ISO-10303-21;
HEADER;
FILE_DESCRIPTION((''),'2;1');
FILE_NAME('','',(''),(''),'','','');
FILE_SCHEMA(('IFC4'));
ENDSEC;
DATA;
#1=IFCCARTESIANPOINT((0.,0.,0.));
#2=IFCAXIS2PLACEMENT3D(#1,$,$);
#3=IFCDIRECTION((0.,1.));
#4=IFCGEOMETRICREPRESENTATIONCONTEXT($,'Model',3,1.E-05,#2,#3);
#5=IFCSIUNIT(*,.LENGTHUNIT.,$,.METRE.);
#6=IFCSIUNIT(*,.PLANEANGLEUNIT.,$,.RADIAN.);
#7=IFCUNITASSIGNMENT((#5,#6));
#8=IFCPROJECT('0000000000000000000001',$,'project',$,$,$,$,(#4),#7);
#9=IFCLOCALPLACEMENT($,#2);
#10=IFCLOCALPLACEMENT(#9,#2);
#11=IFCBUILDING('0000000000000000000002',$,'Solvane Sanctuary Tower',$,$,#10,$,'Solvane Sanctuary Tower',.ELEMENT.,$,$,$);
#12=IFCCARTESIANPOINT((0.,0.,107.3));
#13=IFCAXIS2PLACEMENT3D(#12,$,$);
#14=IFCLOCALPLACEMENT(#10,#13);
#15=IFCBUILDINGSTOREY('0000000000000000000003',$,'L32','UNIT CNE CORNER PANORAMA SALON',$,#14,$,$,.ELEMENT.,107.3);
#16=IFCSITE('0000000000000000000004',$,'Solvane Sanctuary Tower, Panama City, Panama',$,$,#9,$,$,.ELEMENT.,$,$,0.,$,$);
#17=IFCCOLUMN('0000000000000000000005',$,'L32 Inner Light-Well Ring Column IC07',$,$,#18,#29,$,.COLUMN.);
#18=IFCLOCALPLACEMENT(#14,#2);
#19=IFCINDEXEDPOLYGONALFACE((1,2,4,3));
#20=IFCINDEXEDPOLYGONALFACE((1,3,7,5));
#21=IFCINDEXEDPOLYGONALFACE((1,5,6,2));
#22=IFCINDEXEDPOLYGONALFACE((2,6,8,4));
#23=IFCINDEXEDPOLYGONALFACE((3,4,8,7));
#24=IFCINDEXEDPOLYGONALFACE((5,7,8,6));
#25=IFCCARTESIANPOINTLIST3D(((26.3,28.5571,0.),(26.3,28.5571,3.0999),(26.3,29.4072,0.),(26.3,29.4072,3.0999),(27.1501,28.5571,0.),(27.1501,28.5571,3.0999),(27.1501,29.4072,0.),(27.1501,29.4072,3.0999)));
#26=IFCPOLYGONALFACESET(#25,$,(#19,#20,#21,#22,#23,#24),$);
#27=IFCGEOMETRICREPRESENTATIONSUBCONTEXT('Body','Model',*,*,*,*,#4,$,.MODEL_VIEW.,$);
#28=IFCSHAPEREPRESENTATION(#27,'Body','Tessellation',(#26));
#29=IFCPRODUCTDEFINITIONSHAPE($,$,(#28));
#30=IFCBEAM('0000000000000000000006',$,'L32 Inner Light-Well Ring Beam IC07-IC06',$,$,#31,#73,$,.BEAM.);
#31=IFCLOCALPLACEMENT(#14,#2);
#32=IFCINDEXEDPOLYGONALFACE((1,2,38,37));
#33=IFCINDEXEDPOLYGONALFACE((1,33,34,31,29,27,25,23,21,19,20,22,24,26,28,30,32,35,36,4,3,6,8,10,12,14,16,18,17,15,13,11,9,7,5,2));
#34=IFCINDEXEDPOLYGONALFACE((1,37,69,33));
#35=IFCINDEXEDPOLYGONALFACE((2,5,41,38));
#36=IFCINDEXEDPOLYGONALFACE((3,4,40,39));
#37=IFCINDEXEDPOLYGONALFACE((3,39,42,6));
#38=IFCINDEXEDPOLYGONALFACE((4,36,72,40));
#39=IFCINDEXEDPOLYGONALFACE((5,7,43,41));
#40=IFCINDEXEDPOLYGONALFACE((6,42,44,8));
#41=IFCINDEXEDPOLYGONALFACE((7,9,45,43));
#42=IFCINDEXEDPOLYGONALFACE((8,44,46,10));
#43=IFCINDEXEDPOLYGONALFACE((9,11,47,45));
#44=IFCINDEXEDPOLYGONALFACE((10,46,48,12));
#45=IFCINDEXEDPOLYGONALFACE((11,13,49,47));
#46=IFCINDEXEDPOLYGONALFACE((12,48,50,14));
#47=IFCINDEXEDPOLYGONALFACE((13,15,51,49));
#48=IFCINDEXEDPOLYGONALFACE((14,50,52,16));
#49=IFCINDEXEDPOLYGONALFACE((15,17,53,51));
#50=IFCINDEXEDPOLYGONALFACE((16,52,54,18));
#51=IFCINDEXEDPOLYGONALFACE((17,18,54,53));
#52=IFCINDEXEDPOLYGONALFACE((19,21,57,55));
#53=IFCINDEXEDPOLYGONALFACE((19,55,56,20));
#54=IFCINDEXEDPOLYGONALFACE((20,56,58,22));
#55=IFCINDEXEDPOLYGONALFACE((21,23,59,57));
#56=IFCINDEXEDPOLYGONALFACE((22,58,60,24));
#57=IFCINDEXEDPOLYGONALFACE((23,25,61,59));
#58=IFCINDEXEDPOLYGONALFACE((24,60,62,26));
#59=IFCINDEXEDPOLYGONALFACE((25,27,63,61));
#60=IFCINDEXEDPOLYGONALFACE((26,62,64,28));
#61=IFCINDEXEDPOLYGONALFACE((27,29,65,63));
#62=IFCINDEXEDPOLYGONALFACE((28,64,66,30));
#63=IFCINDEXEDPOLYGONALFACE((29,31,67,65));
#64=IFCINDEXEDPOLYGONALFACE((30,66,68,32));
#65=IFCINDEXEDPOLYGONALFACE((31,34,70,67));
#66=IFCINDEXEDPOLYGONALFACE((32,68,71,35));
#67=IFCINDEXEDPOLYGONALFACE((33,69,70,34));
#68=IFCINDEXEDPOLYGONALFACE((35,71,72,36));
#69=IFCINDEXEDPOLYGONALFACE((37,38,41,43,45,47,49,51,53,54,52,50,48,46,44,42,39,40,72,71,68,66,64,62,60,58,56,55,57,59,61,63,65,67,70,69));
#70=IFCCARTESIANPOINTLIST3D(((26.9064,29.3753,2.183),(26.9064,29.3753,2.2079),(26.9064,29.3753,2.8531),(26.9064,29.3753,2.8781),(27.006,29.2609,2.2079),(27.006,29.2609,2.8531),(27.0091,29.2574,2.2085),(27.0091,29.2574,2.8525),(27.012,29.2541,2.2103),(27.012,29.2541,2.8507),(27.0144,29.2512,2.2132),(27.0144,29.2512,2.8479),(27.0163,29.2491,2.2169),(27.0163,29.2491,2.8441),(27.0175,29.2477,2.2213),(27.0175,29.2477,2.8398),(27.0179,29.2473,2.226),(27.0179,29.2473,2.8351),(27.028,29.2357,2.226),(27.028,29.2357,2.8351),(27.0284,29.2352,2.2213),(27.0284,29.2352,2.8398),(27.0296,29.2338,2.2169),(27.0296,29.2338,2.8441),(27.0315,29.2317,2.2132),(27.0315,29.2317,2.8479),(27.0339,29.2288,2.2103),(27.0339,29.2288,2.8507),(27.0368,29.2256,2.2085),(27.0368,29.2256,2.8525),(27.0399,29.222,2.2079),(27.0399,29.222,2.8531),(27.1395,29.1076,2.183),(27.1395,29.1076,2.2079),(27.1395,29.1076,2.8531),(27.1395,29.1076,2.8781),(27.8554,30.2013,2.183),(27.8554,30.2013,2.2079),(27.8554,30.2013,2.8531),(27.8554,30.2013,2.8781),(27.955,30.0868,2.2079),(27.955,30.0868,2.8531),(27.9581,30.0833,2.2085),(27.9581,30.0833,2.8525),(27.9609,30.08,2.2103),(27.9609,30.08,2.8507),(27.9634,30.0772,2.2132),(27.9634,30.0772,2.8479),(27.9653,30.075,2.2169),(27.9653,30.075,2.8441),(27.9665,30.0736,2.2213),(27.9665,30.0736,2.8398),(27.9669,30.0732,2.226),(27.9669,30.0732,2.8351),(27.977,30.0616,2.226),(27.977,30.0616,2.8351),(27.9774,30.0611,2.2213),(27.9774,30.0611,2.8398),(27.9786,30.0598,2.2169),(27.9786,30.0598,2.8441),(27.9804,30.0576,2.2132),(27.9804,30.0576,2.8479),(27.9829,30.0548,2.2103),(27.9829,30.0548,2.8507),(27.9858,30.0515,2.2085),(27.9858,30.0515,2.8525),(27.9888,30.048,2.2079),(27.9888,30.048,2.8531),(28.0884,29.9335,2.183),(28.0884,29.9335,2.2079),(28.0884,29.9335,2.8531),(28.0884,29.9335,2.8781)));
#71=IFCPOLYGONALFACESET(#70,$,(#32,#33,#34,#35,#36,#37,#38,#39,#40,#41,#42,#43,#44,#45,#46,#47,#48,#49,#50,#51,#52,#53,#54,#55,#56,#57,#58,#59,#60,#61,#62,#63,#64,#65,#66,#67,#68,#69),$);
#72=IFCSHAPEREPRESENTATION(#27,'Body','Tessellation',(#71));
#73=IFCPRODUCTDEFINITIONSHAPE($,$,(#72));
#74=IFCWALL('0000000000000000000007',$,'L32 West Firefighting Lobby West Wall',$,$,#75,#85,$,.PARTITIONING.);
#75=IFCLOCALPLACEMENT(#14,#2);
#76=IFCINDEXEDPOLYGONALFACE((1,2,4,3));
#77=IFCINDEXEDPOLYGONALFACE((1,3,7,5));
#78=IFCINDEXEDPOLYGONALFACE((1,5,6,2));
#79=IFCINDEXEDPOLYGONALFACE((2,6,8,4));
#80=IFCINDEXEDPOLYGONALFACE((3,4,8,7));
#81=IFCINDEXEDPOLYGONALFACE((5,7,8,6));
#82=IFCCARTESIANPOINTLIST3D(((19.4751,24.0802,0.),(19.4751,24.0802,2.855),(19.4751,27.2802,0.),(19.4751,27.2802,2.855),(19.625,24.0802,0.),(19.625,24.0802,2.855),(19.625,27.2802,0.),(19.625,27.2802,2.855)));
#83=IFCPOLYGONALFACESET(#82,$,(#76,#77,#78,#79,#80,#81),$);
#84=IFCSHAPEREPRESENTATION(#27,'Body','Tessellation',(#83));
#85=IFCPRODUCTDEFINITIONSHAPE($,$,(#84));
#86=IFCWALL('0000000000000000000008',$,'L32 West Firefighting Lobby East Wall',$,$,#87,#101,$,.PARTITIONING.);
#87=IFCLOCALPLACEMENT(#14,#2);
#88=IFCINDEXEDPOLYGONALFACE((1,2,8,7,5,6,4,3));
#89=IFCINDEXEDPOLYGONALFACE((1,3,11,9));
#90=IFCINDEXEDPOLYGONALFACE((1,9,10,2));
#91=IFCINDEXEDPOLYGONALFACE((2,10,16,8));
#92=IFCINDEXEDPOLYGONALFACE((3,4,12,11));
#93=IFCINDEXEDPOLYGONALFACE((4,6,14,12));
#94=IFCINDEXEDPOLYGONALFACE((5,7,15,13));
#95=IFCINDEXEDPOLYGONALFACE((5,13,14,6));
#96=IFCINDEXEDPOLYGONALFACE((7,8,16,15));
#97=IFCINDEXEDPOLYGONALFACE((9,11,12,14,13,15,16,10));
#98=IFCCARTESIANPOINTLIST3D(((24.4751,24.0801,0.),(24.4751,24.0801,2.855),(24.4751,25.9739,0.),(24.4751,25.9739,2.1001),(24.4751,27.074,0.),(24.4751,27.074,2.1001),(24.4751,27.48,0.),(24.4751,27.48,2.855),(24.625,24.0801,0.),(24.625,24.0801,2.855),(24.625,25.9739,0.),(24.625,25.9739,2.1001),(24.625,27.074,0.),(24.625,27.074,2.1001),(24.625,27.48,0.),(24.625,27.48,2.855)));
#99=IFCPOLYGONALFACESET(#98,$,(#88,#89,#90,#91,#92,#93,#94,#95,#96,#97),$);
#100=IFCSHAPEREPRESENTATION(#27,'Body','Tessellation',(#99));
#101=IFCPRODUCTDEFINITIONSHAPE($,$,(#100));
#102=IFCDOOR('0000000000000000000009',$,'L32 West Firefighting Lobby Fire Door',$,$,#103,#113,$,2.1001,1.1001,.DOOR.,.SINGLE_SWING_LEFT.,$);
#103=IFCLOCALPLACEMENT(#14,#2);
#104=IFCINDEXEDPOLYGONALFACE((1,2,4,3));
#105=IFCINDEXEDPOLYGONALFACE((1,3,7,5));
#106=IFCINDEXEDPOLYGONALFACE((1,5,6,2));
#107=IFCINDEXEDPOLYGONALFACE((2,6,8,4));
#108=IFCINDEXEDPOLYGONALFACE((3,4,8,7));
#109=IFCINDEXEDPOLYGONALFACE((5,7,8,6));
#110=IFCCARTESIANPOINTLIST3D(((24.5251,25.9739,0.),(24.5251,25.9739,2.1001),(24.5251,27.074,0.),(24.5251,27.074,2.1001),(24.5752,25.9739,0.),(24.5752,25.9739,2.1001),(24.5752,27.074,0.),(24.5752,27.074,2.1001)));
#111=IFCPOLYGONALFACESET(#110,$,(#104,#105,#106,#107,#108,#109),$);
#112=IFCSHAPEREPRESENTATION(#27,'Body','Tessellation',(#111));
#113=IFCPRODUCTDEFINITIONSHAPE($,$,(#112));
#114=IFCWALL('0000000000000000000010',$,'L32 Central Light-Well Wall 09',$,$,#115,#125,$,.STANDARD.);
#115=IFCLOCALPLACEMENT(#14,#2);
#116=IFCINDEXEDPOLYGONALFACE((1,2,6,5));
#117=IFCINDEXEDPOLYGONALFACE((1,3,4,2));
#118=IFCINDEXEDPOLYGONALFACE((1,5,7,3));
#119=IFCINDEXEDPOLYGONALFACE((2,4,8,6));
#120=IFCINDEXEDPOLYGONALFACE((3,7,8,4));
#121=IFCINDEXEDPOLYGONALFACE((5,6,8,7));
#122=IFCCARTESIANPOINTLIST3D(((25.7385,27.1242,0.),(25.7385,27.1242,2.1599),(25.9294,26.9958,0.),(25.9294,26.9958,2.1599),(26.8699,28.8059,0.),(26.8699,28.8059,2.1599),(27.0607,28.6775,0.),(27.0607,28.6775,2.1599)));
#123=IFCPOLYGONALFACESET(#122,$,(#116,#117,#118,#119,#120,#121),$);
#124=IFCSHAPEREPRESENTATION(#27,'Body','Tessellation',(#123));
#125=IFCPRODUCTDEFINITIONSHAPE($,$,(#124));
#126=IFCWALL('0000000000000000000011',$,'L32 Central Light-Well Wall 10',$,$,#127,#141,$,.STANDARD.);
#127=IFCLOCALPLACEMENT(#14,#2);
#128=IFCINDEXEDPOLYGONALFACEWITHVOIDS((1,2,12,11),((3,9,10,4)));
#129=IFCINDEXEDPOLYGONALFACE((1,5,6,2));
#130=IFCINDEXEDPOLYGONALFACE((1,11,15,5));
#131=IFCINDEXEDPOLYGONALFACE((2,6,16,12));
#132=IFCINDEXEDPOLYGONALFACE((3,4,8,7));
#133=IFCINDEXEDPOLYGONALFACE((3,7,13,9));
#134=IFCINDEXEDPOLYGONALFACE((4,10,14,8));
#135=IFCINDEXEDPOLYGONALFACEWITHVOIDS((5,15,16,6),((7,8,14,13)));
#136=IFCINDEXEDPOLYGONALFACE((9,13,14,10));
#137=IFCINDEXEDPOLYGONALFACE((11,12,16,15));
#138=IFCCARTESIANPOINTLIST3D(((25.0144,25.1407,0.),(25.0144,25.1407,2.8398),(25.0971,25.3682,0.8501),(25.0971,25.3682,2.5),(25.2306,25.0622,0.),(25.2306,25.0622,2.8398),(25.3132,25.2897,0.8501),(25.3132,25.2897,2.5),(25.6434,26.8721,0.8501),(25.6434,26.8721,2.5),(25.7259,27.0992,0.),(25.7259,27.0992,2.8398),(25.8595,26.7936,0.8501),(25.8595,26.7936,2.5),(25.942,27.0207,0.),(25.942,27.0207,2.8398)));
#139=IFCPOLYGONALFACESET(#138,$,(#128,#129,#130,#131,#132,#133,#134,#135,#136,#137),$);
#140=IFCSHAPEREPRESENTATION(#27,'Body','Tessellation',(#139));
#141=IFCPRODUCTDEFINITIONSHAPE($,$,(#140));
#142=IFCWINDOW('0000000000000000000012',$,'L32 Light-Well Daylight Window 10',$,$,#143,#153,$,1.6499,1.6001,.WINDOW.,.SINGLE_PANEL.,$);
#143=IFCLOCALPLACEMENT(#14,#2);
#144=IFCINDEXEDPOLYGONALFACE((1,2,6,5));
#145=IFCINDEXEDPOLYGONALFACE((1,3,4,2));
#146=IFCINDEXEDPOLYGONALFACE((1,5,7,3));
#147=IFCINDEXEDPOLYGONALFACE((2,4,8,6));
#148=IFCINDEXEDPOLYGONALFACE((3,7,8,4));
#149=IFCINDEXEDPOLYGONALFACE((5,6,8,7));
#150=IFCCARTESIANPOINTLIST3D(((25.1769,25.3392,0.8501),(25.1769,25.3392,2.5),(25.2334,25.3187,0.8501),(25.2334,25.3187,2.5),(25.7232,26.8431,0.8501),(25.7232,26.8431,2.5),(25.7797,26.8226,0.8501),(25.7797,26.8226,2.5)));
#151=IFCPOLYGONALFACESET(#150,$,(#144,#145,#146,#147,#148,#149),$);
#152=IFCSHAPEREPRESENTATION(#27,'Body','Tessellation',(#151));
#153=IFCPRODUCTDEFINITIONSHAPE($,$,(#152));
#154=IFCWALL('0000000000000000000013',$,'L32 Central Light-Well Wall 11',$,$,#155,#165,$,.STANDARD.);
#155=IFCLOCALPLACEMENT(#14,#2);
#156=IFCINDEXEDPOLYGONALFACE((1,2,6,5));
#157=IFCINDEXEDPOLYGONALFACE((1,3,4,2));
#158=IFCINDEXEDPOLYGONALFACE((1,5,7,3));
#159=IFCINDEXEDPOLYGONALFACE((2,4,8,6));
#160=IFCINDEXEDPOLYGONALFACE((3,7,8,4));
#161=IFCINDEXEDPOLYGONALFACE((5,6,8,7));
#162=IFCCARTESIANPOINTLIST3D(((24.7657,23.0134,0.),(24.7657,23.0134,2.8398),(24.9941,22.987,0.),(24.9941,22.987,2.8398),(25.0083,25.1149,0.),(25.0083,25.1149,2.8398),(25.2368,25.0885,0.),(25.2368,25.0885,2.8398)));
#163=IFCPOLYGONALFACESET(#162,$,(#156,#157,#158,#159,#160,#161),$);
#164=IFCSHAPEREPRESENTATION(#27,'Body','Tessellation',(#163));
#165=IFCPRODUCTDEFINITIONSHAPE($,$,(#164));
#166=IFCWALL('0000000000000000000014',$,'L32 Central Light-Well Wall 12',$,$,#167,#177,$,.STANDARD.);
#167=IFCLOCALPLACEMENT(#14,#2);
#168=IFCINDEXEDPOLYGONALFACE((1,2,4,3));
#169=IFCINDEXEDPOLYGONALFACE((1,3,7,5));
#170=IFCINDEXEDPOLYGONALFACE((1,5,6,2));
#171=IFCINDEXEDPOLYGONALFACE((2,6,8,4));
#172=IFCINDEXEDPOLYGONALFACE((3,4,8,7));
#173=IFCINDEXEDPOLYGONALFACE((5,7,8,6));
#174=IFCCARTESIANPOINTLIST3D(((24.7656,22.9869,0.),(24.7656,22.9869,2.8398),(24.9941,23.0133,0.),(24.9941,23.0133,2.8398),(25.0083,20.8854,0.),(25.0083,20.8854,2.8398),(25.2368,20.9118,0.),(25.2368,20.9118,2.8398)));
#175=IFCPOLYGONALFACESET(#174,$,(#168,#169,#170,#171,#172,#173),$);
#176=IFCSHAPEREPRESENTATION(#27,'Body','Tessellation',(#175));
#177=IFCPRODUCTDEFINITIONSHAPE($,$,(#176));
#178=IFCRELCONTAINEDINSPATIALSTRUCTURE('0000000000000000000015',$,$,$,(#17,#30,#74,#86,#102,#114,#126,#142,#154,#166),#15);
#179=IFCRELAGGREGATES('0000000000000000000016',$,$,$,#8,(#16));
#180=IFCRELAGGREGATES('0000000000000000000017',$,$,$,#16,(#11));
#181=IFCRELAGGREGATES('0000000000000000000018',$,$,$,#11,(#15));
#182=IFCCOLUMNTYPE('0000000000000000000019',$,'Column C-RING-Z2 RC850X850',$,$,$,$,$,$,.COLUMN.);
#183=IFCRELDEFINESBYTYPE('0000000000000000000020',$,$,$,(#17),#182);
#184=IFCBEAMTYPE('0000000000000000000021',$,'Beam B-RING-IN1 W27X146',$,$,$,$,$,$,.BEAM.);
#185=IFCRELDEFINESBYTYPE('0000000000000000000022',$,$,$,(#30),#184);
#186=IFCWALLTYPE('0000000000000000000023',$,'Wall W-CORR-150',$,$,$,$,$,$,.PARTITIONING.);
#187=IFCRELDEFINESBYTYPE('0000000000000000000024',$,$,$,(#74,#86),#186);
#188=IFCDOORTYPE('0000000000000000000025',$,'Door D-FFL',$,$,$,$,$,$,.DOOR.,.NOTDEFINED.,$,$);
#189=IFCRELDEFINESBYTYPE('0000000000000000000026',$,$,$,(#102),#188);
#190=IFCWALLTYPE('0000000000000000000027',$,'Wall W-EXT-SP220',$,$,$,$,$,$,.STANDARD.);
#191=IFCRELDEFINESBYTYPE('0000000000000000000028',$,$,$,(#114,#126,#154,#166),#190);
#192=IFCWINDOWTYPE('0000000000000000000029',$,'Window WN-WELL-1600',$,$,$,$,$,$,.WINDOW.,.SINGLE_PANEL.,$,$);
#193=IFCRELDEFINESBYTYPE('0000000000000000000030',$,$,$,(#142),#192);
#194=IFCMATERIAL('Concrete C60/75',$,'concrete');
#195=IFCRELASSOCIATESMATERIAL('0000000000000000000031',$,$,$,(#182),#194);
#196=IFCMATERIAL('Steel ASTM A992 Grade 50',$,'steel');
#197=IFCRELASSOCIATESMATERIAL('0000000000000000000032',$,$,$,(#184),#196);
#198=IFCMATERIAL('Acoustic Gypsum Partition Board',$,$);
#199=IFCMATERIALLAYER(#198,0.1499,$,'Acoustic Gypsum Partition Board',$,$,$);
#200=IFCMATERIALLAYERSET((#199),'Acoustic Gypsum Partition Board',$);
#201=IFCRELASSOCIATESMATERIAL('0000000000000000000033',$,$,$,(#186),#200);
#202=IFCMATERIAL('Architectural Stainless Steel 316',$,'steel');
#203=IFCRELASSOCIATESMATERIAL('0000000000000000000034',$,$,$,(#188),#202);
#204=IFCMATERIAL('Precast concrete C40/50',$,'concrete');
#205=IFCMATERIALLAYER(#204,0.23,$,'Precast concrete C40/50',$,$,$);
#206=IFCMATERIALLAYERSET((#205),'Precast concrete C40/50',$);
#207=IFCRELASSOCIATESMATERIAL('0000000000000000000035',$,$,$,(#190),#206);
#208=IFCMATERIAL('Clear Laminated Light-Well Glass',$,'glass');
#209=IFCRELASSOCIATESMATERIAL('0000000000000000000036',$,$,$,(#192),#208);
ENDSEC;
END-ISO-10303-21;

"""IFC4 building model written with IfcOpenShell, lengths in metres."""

from ifc_helpers import new_model, si_unit, direction, frame, frame_2d, origin, origin_2d, place, context, subcontext, project, spatial, rectangle, i_section, extrude, material, layer, layer_set, material_profile, profile_set, type_object, element, fill, save


model = new_model("IFC4")

# Units and contexts
model_context = context("Model", 3, precision=1e-05, world=origin(), true_north=direction((0.0, 1.0)))
body_context = subcontext(model_context, "Body", "Model", "MODEL_VIEW")
ifc_project = project(units=[si_unit("LENGTHUNIT", "METRE"), si_unit("PLANEANGLEUNIT", "RADIAN")], contexts=[model_context])

# Site, building, storey
site_placement = place(None, origin())
site = spatial("IfcSite", under=ifc_project, at=site_placement, Name="Solvane Sanctuary Tower, Panama City, Panama", CompositionType="ELEMENT", RefElevation=0.0)
building_placement = place(site_placement, origin())
building = spatial("IfcBuilding", under=site, at=building_placement, Name="Solvane Sanctuary Tower", LongName="Solvane Sanctuary Tower", CompositionType="ELEMENT")
storey_placement = place(building_placement, frame((0.0, 0.0, 107.3)))
storey = spatial("IfcBuildingStorey", under=building, at=storey_placement, Name="L32", Description="UNIT CNE CORNER PANORAMA SALON", CompositionType="ELEMENT", Elevation=107.3)

# Column
ifc_material_1 = material(Name="Concrete C60/75", Category="concrete")
ifc_material_profile_1 = material_profile(ifc_material_1, rectangle(XDim=0.8501, YDim=0.8501, at=origin_2d()), Name="RC850X850")
ifc_profile_set_1 = profile_set([ifc_material_profile_1], Name="Concrete C60/75")
column_type = type_object("IfcColumnType", Name="Column C-RING-Z2 RC850X850", PredefinedType="COLUMN", material=ifc_profile_set_1)
column_placement = place(storey_placement, frame((26.7251, 28.9822, 0.0), z_axis=(0.0, 0.0, 1.0), x_axis=(1.0, 0.0, 0.0)))
element("IfcColumn", 1, at=column_placement, inside=storey, type_object=column_type, Name="L32 Inner Light-Well Ring Column IC07", PredefinedType="COLUMN", context=body_context, shape_type="SweptSolid", body=[
    extrude(rectangle(XDim=0.8501, YDim=0.8501, at=origin_2d()), origin(), (0.0, 0.0, 1.0), 3.0999),
])

# Beam
ifc_material_2 = material(Name="Steel ASTM A992 Grade 50", Category="steel")
ifc_material_profile_2 = material_profile(ifc_material_2, i_section(OverallWidth=0.355, OverallDepth=0.6951, WebThickness=0.0154, FlangeThickness=0.0249, FilletRadius=0.0181, at=origin_2d()), Name="W27X146")
ifc_profile_set_2 = profile_set([ifc_material_profile_2], Name="Steel ASTM A992 Grade 50")
beam_type = type_object("IfcBeamType", Name="Beam B-RING-IN1 W27X146", PredefinedType="BEAM", material=ifc_profile_set_2)
beam_placement = place(storey_placement, frame((27.0229, 29.2415, 2.5305), z_axis=(0.754317, 0.65651, 0.0), x_axis=(-0.65651, 0.754317, 0.0)))
element("IfcBeam", 2, at=beam_placement, inside=storey, type_object=beam_type, Name="L32 Inner Light-Well Ring Beam IC07-IC06", PredefinedType="BEAM", context=body_context, shape_type="SweptSolid", body=[
    extrude(i_section(OverallWidth=0.355, OverallDepth=0.6951, WebThickness=0.0154, FlangeThickness=0.0249, FilletRadius=0.0181, at=origin_2d()), origin(), (0.0, 0.0, 1.0), 1.2581),
])

# Wall
ifc_material_3 = material(Name="Acoustic Gypsum Partition Board")
ifc_layer_1 = layer(ifc_material_3, 0.1499, Name="Acoustic Gypsum Partition Board")
ifc_layer_set_1 = layer_set([ifc_layer_1], Name="Acoustic Gypsum Partition Board")
wall_type_1 = type_object("IfcWallType", Name="Wall W-CORR-150", PredefinedType="PARTITIONING", material=ifc_layer_set_1)
wall_1_placement = place(storey_placement, frame((19.55, 24.0801, 0.0), z_axis=(0.0, 0.0, 1.0), x_axis=(0.0, 1.0, 0.0)))
element("IfcWall", 3, at=wall_1_placement, inside=storey, type_object=wall_type_1, Name="L32 West Firefighting Lobby West Wall", PredefinedType="PARTITIONING", context=body_context, shape_type="SweptSolid", body=[
    extrude(rectangle(XDim=3.2, YDim=0.1499, at=frame_2d((1.6001, 0.0))), origin(), (0.0, 0.0, 1.0), 2.855),
])

# Wall, opening, door
wall_2_placement = place(storey_placement, frame((24.55, 24.0801, 0.0), z_axis=(0.0, 0.0, 1.0), x_axis=(0.0, 1.0, 0.0)))
wall_2 = element("IfcWall", 4, at=wall_2_placement, inside=storey, type_object=wall_type_1, Name="L32 West Firefighting Lobby East Wall", PredefinedType="PARTITIONING", context=body_context, shape_type="SweptSolid", body=[
    extrude(rectangle(XDim=3.3999, YDim=0.1499, at=frame_2d((1.7, 0.0))), origin(), (0.0, 0.0, 1.0), 2.855),
])
opening_1_placement = place(wall_2_placement, frame((1.8938, 0.0, 0.0)))
opening_1 = element("IfcOpeningElement", 5, at=opening_1_placement, cuts=wall_2, PredefinedType="OPENING", context=body_context, shape_type="SweptSolid", body=[
    extrude(rectangle(XDim=1.1001, YDim=2.1001, at=frame_2d((0.55, 1.05))), frame((0.0, 0.085, 0.0), z_axis=(0.0, -1.0, 0.0), x_axis=(1.0, 0.0, 0.0)), (0.0, 0.0, 1.0), 0.1699),
])
ifc_material_4 = material(Name="Architectural Stainless Steel 316", Category="steel")
door_type_1 = type_object("IfcDoorType", Name="Door D-FFL", OperationType="NOTDEFINED", PredefinedType="DOOR", material=ifc_material_4)
door_1_placement = place(opening_1_placement, origin())
door_1 = element("IfcDoor", 6, at=door_1_placement, inside=storey, type_object=door_type_1, Name="L32 West Firefighting Lobby Fire Door", OperationType="SINGLE_SWING_LEFT", OverallHeight=2.1001, OverallWidth=1.1001, PredefinedType="DOOR", context=body_context, shape_type="SweptSolid", body=[
    extrude(rectangle(XDim=1.1001, YDim=2.1001, at=frame_2d((0.55, 1.05))), frame((0.0, 0.0249, 0.0), z_axis=(0.0, -1.0, 0.0), x_axis=(1.0, 0.0, 0.0)), (0.0, 0.0, 1.0), 0.05),
])
fill(opening_1, door_1)

# Wall
ifc_material_5 = material(Name="Precast concrete C40/50", Category="concrete")
ifc_layer_2 = layer(ifc_material_5, 0.23, Name="Precast concrete C40/50")
ifc_layer_set_2 = layer_set([ifc_layer_2], Name="Precast concrete C40/50")
wall_type_2 = type_object("IfcWallType", Name="Wall W-EXT-SP220", PredefinedType="STANDARD", material=ifc_layer_set_2)
wall_3_placement = place(storey_placement, frame((26.9653, 28.7417, 0.0), z_axis=(0.0, 0.0, 1.0), x_axis=(-0.558198, -0.829708, 0.0)))
element("IfcWall", 7, at=wall_3_placement, inside=storey, type_object=wall_type_2, Name="L32 Central Light-Well Wall 09", PredefinedType="STANDARD", context=body_context, shape_type="SweptSolid", body=[
    extrude(rectangle(XDim=2.0269, YDim=0.23, at=frame_2d((1.0134, 0.0))), origin(), (0.0, 0.0, 1.0), 2.1599),
])

# Wall, opening, window
wall_4_placement = place(storey_placement, frame((25.834, 27.0601, 0.0), z_axis=(0.0, 0.0, 1.0), x_axis=(-0.341423, -0.93991, 0.0)))
wall_4 = element("IfcWall", 8, at=wall_4_placement, inside=storey, type_object=wall_type_2, Name="L32 Central Light-Well Wall 10", PredefinedType="STANDARD", context=body_context, shape_type="SweptSolid", body=[
    extrude(rectangle(XDim=2.0837, YDim=0.23, at=frame_2d((1.042, 0.0))), origin(), (0.0, 0.0, 1.0), 2.8398),
])
opening_2_placement = place(wall_4_placement, frame((0.2417, 0.0, 0.8501)))
opening_2 = element("IfcOpeningElement", 9, at=opening_2_placement, cuts=wall_4, PredefinedType="OPENING", context=body_context, shape_type="SweptSolid", body=[
    extrude(rectangle(XDim=1.6001, YDim=1.6499, at=frame_2d((0.8, 0.825))), frame((0.0, 0.125, 0.0), z_axis=(0.0, -1.0, 0.0), x_axis=(1.0, 0.0, 0.0)), (0.0, 0.0, 1.0), 0.25),
])
ifc_material_6 = material(Name="Clear Laminated Light-Well Glass", Category="glass")
window_type = type_object("IfcWindowType", Name="Window WN-WELL-1600", PartitioningType="SINGLE_PANEL", PredefinedType="WINDOW", material=ifc_material_6)
window_1_placement = place(opening_2_placement, origin())
window_1 = element("IfcWindow", 10, at=window_1_placement, inside=storey, type_object=window_type, Name="L32 Light-Well Daylight Window 10", OverallHeight=1.6499, OverallWidth=1.6001, PartitioningType="SINGLE_PANEL", PredefinedType="WINDOW", context=body_context, shape_type="SweptSolid", body=[
    extrude(rectangle(XDim=1.6001, YDim=1.6499, at=frame_2d((0.8, 0.825))), frame((0.0, 0.03, 0.0), z_axis=(0.0, -1.0, 0.0), x_axis=(1.0, 0.0, 0.0)), (0.0, 0.0, 1.0), 0.0601),
])
fill(opening_2, window_1)

# Walls
for number, where, z_axis, x_axis, name in (
    (11, (25.1226, 25.1016, 0.0), (0.0, 0.0, 1.0), (-0.114712, -0.993399, 0.0), "L32 Central Light-Well Wall 11"),
    (12, (24.8799, 23.0, 0.0), (0.0, 0.0, 1.0), (0.114712, -0.993399, 0.0), "L32 Central Light-Well Wall 12"),
):
    element("IfcWall", number, at=place(storey_placement, frame(where, z_axis=z_axis, x_axis=x_axis)), inside=storey, type_object=wall_type_2, Name=name, PredefinedType="STANDARD", context=body_context, shape_type="SweptSolid", body=[
        extrude(rectangle(XDim=2.1155, YDim=0.23, at=frame_2d((1.0576, 0.0))), origin(), (0.0, 0.0, 1.0), 2.8398),
    ])

save(model, "model.ifc")
